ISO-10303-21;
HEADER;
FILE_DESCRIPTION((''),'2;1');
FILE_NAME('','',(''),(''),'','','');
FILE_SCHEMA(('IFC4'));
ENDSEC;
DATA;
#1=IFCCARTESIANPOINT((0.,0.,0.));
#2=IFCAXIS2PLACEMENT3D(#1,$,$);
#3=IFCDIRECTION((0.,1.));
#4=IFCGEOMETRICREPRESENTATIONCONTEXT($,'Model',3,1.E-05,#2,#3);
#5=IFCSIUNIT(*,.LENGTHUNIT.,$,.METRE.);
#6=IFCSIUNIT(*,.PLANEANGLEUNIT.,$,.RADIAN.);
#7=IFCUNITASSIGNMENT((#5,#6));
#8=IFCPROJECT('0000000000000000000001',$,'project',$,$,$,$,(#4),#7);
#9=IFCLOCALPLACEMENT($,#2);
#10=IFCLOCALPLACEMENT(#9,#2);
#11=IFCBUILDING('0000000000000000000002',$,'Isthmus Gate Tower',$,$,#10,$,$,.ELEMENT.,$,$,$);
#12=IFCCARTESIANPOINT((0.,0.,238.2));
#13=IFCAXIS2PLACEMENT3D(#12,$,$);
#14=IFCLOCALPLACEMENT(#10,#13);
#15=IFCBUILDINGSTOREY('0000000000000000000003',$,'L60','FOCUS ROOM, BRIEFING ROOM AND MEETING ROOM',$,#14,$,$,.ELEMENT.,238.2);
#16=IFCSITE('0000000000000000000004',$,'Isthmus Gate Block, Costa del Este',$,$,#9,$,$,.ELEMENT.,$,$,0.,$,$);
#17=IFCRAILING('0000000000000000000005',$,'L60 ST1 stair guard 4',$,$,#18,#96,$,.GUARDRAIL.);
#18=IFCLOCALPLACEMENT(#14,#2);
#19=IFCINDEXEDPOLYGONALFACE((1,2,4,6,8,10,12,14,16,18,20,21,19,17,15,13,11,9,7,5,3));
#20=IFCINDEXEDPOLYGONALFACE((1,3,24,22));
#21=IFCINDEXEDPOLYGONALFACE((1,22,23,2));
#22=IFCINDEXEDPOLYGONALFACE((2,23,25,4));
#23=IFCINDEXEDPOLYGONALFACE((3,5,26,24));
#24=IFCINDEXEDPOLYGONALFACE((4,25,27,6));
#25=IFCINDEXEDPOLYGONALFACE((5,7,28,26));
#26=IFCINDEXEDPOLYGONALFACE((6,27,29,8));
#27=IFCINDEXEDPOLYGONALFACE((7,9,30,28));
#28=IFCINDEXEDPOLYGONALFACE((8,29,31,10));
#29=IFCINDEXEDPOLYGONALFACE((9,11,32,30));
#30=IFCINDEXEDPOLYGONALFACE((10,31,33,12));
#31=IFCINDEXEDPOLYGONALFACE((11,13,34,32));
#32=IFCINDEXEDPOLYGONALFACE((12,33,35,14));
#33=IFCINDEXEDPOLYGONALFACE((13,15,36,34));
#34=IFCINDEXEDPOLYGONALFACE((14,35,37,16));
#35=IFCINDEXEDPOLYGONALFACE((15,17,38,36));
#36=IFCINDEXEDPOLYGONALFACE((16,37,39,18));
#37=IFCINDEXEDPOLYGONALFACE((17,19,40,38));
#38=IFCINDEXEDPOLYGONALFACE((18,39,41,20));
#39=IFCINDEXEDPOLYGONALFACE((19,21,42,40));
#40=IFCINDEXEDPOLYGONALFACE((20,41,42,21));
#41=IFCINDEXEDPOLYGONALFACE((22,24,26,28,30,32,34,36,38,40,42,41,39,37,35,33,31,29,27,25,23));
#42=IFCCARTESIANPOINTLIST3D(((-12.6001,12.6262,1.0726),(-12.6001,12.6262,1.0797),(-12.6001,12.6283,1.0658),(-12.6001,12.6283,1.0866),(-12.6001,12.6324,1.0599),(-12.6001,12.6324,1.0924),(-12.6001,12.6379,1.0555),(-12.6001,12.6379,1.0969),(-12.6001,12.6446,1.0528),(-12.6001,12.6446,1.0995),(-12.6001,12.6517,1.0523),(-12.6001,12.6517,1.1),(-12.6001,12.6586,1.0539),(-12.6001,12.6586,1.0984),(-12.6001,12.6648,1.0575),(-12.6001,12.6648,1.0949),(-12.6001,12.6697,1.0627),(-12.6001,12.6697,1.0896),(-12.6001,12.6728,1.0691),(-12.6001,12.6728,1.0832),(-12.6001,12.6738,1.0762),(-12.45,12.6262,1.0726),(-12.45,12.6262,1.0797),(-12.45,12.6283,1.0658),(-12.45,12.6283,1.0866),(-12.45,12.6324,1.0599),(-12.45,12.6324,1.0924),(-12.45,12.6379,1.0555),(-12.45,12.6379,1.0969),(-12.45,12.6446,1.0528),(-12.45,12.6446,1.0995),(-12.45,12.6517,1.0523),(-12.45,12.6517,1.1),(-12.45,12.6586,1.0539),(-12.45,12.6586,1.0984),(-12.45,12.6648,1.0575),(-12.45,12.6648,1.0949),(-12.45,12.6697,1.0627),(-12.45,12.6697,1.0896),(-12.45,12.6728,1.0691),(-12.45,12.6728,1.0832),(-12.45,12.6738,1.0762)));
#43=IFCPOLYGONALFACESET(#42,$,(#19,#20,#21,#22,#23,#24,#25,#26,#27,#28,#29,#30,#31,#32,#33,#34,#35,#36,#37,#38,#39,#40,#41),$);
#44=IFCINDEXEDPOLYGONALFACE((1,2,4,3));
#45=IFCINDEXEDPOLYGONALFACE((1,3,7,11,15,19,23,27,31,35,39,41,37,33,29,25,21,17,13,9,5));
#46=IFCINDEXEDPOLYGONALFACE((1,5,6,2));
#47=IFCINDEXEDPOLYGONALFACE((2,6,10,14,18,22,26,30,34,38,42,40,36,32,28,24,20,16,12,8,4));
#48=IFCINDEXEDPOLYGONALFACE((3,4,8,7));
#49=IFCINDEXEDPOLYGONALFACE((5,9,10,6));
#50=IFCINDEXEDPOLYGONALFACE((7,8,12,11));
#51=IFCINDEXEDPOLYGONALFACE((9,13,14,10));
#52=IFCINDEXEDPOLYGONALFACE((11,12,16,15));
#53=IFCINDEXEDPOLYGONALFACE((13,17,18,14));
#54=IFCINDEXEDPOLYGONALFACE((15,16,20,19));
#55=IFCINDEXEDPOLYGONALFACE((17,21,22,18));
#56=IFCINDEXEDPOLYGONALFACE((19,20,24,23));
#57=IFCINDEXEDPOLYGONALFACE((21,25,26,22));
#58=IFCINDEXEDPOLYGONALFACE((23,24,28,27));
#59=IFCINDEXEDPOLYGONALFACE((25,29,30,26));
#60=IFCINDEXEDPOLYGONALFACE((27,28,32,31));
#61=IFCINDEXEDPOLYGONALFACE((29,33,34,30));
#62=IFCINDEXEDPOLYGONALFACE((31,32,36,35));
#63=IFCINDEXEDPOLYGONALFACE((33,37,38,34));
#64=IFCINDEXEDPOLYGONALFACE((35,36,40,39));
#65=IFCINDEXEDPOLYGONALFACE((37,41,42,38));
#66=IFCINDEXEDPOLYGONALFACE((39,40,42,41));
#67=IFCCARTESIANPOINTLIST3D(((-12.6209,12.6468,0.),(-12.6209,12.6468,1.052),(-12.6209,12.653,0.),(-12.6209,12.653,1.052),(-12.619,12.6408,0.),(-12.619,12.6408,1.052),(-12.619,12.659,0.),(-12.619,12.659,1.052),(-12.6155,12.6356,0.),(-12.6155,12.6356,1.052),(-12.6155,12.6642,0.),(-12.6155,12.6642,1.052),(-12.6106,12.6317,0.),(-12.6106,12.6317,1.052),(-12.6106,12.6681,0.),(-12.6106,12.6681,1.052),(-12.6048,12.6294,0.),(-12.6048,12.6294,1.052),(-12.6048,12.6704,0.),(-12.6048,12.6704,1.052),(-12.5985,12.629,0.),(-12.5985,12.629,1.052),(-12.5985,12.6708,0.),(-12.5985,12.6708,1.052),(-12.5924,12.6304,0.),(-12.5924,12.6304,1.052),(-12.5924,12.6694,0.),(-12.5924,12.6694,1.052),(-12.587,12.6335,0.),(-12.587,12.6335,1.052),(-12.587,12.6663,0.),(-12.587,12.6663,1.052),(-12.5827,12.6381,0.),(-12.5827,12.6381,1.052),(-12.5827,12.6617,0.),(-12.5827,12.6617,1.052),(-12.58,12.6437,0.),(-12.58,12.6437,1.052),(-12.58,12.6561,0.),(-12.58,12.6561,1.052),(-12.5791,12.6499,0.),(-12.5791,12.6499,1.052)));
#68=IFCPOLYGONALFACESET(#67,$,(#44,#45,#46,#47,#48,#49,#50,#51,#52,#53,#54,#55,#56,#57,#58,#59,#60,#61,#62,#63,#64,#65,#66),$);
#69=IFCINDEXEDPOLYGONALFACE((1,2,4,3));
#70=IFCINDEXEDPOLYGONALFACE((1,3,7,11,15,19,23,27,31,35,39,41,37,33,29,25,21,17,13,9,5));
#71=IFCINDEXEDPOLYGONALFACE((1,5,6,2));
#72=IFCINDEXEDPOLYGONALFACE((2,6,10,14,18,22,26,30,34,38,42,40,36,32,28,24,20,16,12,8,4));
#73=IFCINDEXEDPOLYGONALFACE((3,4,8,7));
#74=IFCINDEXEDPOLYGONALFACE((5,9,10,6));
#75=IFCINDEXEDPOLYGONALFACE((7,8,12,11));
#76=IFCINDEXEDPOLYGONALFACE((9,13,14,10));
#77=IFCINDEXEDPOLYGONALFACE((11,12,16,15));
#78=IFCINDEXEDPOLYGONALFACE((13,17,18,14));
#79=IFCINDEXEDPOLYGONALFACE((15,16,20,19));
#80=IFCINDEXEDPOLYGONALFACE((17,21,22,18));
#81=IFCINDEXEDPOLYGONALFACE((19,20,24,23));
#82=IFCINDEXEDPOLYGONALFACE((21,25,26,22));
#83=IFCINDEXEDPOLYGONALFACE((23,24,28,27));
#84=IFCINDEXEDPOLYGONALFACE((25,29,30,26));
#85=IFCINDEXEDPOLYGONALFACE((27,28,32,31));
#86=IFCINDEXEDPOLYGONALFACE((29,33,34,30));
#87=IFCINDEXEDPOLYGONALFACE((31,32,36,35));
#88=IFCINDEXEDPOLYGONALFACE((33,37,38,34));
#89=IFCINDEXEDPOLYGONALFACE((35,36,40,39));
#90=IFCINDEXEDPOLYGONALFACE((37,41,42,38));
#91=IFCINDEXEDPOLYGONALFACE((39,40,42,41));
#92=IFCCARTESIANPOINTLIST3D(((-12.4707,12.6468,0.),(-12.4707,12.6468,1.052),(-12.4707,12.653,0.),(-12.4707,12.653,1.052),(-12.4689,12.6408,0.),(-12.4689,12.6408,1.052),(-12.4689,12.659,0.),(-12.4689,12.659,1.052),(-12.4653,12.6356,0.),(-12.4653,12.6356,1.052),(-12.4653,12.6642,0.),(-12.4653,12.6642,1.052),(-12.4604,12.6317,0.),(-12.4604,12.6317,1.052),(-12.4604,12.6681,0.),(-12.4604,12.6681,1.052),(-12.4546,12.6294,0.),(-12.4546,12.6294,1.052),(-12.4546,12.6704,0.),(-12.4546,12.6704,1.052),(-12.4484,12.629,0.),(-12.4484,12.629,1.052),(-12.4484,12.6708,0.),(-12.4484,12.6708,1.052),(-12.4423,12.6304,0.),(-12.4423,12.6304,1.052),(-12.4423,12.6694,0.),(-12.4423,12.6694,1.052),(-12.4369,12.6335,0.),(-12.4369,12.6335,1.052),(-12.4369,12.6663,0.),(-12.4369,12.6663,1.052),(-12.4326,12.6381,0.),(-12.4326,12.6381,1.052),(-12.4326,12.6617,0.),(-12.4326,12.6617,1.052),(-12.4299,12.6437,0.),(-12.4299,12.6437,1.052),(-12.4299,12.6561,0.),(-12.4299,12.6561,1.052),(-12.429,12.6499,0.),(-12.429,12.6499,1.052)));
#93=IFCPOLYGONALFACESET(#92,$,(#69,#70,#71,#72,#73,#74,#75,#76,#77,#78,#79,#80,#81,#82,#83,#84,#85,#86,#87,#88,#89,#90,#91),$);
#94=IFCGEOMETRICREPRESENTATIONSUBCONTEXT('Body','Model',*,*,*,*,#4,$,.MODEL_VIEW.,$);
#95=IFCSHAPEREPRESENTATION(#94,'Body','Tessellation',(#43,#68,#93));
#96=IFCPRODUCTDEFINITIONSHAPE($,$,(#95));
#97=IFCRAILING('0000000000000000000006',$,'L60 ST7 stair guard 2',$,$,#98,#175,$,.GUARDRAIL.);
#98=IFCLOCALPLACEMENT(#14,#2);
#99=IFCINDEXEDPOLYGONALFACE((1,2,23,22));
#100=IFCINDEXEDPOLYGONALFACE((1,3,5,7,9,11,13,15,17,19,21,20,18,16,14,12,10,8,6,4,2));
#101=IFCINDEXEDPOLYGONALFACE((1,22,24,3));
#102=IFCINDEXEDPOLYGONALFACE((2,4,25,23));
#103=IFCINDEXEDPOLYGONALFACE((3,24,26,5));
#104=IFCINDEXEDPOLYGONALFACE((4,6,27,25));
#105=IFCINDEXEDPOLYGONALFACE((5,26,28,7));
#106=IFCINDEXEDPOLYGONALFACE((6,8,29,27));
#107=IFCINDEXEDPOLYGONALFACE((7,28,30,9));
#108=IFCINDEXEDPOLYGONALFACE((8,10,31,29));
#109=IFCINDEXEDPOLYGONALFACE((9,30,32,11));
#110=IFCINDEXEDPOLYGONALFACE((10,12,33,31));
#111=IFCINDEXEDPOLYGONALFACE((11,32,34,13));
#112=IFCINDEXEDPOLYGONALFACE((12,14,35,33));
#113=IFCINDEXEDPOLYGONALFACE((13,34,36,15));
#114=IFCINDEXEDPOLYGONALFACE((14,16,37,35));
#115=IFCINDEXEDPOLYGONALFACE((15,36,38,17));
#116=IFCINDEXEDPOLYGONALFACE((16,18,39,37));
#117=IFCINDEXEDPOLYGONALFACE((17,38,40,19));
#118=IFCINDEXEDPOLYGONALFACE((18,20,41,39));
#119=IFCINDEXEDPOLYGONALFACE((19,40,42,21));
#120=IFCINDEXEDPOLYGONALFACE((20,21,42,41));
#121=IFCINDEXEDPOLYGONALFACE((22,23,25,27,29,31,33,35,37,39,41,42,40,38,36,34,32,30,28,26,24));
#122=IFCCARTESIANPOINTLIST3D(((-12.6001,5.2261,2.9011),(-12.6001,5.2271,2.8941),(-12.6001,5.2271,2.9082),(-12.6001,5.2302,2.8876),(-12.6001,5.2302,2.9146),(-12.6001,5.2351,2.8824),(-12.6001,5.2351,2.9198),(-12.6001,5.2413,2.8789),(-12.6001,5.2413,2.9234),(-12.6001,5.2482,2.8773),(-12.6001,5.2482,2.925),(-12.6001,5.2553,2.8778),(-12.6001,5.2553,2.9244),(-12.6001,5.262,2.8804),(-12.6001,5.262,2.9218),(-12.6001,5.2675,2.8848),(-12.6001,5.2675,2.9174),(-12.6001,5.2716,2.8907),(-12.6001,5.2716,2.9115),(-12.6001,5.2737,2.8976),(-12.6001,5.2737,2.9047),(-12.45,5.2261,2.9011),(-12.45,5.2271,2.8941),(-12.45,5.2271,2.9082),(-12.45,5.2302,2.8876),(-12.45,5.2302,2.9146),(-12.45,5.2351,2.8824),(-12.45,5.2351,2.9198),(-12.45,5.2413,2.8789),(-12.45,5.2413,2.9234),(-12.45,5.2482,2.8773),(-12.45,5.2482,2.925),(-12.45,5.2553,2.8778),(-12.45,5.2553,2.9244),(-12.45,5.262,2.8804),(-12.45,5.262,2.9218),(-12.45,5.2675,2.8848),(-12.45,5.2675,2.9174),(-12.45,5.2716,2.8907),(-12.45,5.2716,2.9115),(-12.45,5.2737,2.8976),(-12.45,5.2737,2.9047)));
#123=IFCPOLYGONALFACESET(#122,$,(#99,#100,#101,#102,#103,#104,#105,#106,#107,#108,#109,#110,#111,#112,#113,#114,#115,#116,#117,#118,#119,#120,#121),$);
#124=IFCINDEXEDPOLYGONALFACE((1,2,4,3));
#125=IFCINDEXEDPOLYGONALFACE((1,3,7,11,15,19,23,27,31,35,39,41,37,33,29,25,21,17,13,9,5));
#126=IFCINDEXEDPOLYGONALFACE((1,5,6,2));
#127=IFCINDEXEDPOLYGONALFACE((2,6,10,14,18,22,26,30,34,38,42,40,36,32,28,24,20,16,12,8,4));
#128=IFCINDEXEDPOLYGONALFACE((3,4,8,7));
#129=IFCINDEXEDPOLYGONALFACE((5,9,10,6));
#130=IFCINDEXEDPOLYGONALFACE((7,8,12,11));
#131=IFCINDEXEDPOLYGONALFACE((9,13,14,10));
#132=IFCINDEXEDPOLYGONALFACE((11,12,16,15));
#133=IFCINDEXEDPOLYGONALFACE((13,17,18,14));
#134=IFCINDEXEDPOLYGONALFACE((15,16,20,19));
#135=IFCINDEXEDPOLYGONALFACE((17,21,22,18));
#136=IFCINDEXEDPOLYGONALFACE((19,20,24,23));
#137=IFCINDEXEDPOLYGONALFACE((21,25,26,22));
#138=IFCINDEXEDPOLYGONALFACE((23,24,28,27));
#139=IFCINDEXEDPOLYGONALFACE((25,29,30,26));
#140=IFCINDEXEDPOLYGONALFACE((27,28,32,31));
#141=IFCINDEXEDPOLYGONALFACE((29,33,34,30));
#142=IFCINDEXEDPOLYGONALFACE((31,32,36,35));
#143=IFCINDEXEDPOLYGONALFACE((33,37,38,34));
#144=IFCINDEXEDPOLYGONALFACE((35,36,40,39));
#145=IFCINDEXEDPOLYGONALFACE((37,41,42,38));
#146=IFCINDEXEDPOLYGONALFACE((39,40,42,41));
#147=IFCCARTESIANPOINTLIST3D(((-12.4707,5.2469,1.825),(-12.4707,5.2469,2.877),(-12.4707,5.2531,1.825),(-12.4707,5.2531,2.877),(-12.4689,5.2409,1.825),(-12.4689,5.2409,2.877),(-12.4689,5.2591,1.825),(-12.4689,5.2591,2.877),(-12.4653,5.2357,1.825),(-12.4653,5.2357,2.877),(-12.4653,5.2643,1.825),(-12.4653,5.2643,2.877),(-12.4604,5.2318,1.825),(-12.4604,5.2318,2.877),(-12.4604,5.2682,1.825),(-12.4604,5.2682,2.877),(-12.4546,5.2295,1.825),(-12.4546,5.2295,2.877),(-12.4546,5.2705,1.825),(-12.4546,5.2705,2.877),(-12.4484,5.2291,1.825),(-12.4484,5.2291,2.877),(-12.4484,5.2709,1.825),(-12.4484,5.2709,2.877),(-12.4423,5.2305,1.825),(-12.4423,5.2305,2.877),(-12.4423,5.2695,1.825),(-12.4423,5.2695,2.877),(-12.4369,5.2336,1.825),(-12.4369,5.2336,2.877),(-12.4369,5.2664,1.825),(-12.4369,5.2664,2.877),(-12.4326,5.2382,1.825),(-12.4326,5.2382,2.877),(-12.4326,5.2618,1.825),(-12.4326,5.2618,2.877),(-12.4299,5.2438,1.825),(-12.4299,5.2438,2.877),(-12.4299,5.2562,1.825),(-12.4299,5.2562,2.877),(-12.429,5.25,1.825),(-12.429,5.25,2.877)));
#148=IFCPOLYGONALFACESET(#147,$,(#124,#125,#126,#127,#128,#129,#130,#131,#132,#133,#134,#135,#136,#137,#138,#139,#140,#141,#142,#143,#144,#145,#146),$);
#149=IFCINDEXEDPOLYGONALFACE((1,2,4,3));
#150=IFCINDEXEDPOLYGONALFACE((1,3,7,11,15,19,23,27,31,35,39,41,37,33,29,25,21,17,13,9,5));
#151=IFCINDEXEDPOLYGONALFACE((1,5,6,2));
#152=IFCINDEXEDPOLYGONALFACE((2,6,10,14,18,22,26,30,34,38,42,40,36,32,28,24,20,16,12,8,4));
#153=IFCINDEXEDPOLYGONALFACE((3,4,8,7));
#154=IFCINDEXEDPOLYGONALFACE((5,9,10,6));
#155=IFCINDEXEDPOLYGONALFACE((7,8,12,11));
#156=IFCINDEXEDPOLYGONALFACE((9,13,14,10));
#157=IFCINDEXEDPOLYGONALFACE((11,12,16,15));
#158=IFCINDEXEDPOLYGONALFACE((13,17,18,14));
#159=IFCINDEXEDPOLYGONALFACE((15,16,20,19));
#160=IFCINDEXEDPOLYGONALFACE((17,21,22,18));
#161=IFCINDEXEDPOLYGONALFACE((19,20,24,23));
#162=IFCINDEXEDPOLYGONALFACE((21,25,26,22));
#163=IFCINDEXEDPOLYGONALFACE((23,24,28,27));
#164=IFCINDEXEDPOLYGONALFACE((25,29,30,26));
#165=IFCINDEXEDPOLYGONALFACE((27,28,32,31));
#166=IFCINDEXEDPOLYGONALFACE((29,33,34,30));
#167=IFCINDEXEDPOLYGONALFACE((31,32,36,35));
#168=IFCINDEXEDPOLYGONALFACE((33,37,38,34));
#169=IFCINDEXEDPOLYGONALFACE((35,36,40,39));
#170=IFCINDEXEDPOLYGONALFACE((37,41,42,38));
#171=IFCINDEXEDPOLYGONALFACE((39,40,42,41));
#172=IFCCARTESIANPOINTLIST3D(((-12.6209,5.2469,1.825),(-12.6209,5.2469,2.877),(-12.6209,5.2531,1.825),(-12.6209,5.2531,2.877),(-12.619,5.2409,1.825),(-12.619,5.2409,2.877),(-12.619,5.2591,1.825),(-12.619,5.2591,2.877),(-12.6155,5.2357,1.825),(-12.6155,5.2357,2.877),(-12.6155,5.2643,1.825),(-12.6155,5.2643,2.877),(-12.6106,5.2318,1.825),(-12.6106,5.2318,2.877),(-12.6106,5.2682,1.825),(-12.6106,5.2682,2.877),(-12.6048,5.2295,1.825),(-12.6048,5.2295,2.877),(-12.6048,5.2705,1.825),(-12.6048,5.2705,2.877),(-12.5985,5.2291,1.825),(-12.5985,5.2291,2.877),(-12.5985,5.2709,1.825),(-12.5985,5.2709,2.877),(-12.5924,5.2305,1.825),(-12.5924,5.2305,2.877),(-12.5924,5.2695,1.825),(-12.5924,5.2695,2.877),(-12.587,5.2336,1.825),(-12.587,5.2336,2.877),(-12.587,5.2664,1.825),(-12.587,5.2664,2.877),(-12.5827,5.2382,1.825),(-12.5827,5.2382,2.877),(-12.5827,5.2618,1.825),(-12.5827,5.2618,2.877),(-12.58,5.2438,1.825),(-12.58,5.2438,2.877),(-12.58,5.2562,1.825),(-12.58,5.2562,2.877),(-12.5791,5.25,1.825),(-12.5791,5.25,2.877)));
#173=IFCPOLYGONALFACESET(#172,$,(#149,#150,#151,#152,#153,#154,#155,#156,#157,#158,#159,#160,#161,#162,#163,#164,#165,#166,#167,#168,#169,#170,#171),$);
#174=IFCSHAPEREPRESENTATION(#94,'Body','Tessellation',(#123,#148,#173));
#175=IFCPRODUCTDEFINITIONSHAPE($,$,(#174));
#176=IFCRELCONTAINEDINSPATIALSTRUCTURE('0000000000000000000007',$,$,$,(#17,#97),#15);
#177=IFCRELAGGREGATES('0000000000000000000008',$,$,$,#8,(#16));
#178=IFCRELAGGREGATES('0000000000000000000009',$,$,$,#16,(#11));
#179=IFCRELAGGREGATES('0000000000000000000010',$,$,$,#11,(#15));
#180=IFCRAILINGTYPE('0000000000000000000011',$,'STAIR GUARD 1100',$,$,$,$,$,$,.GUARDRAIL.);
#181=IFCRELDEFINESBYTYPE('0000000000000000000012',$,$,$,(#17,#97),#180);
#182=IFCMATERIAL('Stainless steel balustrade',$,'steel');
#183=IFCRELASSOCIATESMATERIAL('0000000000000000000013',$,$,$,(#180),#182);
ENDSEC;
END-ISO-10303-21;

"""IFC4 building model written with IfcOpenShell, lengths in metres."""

from ifc_helpers import new_model, si_unit, direction, frame, origin, origin_2d, place, context, subcontext, project, spatial, circle, extrude, material, type_object, element, save


model = new_model("IFC4")

# Units and contexts
model_context = context("Model", 3, precision=1e-05, world=origin(), true_north=direction((0.0, 1.0)))
body_context = subcontext(model_context, "Body", "Model", "MODEL_VIEW")
ifc_project = project(units=[si_unit("LENGTHUNIT", "METRE"), si_unit("PLANEANGLEUNIT", "RADIAN")], contexts=[model_context])

# Site, building, storey
site_placement = place(None, origin())
site = spatial("IfcSite", under=ifc_project, at=site_placement, Name="Isthmus Gate Block, Costa del Este", CompositionType="ELEMENT", RefElevation=0.0)
building_placement = place(site_placement, origin())
building = spatial("IfcBuilding", under=site, at=building_placement, Name="Isthmus Gate Tower", CompositionType="ELEMENT")
storey_placement = place(building_placement, frame((0.0, 0.0, 238.2)))
storey = spatial("IfcBuildingStorey", under=building, at=storey_placement, Name="L60", Description="FOCUS ROOM, BRIEFING ROOM AND MEETING ROOM", CompositionType="ELEMENT", Elevation=238.2)

# Railings
ifc_material_1 = material(Name="Stainless steel balustrade", Category="steel")
railing_type_1 = type_object("IfcRailingType", Name="STAIR GUARD 1100", PredefinedType="GUARDRAIL", material=ifc_material_1)
railing_1_placement = place(storey_placement, frame((-12.6001, 12.6499, 0.0)))
element("IfcRailing", 1, at=railing_1_placement, inside=storey, type_object=railing_type_1, Name="L60 ST1 stair guard 4", PredefinedType="GUARDRAIL", context=body_context, shape_type="SweptSolid", body=[
    extrude(circle(Radius=0.0239, at=origin_2d()), frame((0.0, 0.0, 1.0762), z_axis=(1.0, 0.0, 0.0), x_axis=(0.0, 1.0, 0.0)), (0.0, 0.0, 1.0), 0.1501),
    extrude(circle(Radius=0.021, at=origin_2d()), origin(), (0.0, 0.0, 1.0), 1.052),
    extrude(circle(Radius=0.021, at=origin_2d()), frame((0.1501, 0.0, 0.0)), (0.0, 0.0, 1.0), 1.052),
])
railing_2_placement = place(storey_placement, frame((-12.45, 5.25, 1.825)))
element("IfcRailing", 2, at=railing_2_placement, inside=storey, type_object=railing_type_1, Name="L60 ST7 stair guard 2", PredefinedType="GUARDRAIL", context=body_context, shape_type="SweptSolid", body=[
    extrude(circle(Radius=0.0239, at=origin_2d()), frame((0.0, 0.0, 1.0762), z_axis=(-1.0, 0.0, 0.0), x_axis=(0.0, -1.0, 0.0)), (0.0, 0.0, 1.0), 0.1501),
    extrude(circle(Radius=0.021, at=origin_2d()), origin(), (0.0, 0.0, 1.0), 1.052),
    extrude(circle(Radius=0.021, at=origin_2d()), frame((-0.1501, 0.0, 0.0)), (0.0, 0.0, 1.0), 1.052),
])

save(model, "model.ifc")
